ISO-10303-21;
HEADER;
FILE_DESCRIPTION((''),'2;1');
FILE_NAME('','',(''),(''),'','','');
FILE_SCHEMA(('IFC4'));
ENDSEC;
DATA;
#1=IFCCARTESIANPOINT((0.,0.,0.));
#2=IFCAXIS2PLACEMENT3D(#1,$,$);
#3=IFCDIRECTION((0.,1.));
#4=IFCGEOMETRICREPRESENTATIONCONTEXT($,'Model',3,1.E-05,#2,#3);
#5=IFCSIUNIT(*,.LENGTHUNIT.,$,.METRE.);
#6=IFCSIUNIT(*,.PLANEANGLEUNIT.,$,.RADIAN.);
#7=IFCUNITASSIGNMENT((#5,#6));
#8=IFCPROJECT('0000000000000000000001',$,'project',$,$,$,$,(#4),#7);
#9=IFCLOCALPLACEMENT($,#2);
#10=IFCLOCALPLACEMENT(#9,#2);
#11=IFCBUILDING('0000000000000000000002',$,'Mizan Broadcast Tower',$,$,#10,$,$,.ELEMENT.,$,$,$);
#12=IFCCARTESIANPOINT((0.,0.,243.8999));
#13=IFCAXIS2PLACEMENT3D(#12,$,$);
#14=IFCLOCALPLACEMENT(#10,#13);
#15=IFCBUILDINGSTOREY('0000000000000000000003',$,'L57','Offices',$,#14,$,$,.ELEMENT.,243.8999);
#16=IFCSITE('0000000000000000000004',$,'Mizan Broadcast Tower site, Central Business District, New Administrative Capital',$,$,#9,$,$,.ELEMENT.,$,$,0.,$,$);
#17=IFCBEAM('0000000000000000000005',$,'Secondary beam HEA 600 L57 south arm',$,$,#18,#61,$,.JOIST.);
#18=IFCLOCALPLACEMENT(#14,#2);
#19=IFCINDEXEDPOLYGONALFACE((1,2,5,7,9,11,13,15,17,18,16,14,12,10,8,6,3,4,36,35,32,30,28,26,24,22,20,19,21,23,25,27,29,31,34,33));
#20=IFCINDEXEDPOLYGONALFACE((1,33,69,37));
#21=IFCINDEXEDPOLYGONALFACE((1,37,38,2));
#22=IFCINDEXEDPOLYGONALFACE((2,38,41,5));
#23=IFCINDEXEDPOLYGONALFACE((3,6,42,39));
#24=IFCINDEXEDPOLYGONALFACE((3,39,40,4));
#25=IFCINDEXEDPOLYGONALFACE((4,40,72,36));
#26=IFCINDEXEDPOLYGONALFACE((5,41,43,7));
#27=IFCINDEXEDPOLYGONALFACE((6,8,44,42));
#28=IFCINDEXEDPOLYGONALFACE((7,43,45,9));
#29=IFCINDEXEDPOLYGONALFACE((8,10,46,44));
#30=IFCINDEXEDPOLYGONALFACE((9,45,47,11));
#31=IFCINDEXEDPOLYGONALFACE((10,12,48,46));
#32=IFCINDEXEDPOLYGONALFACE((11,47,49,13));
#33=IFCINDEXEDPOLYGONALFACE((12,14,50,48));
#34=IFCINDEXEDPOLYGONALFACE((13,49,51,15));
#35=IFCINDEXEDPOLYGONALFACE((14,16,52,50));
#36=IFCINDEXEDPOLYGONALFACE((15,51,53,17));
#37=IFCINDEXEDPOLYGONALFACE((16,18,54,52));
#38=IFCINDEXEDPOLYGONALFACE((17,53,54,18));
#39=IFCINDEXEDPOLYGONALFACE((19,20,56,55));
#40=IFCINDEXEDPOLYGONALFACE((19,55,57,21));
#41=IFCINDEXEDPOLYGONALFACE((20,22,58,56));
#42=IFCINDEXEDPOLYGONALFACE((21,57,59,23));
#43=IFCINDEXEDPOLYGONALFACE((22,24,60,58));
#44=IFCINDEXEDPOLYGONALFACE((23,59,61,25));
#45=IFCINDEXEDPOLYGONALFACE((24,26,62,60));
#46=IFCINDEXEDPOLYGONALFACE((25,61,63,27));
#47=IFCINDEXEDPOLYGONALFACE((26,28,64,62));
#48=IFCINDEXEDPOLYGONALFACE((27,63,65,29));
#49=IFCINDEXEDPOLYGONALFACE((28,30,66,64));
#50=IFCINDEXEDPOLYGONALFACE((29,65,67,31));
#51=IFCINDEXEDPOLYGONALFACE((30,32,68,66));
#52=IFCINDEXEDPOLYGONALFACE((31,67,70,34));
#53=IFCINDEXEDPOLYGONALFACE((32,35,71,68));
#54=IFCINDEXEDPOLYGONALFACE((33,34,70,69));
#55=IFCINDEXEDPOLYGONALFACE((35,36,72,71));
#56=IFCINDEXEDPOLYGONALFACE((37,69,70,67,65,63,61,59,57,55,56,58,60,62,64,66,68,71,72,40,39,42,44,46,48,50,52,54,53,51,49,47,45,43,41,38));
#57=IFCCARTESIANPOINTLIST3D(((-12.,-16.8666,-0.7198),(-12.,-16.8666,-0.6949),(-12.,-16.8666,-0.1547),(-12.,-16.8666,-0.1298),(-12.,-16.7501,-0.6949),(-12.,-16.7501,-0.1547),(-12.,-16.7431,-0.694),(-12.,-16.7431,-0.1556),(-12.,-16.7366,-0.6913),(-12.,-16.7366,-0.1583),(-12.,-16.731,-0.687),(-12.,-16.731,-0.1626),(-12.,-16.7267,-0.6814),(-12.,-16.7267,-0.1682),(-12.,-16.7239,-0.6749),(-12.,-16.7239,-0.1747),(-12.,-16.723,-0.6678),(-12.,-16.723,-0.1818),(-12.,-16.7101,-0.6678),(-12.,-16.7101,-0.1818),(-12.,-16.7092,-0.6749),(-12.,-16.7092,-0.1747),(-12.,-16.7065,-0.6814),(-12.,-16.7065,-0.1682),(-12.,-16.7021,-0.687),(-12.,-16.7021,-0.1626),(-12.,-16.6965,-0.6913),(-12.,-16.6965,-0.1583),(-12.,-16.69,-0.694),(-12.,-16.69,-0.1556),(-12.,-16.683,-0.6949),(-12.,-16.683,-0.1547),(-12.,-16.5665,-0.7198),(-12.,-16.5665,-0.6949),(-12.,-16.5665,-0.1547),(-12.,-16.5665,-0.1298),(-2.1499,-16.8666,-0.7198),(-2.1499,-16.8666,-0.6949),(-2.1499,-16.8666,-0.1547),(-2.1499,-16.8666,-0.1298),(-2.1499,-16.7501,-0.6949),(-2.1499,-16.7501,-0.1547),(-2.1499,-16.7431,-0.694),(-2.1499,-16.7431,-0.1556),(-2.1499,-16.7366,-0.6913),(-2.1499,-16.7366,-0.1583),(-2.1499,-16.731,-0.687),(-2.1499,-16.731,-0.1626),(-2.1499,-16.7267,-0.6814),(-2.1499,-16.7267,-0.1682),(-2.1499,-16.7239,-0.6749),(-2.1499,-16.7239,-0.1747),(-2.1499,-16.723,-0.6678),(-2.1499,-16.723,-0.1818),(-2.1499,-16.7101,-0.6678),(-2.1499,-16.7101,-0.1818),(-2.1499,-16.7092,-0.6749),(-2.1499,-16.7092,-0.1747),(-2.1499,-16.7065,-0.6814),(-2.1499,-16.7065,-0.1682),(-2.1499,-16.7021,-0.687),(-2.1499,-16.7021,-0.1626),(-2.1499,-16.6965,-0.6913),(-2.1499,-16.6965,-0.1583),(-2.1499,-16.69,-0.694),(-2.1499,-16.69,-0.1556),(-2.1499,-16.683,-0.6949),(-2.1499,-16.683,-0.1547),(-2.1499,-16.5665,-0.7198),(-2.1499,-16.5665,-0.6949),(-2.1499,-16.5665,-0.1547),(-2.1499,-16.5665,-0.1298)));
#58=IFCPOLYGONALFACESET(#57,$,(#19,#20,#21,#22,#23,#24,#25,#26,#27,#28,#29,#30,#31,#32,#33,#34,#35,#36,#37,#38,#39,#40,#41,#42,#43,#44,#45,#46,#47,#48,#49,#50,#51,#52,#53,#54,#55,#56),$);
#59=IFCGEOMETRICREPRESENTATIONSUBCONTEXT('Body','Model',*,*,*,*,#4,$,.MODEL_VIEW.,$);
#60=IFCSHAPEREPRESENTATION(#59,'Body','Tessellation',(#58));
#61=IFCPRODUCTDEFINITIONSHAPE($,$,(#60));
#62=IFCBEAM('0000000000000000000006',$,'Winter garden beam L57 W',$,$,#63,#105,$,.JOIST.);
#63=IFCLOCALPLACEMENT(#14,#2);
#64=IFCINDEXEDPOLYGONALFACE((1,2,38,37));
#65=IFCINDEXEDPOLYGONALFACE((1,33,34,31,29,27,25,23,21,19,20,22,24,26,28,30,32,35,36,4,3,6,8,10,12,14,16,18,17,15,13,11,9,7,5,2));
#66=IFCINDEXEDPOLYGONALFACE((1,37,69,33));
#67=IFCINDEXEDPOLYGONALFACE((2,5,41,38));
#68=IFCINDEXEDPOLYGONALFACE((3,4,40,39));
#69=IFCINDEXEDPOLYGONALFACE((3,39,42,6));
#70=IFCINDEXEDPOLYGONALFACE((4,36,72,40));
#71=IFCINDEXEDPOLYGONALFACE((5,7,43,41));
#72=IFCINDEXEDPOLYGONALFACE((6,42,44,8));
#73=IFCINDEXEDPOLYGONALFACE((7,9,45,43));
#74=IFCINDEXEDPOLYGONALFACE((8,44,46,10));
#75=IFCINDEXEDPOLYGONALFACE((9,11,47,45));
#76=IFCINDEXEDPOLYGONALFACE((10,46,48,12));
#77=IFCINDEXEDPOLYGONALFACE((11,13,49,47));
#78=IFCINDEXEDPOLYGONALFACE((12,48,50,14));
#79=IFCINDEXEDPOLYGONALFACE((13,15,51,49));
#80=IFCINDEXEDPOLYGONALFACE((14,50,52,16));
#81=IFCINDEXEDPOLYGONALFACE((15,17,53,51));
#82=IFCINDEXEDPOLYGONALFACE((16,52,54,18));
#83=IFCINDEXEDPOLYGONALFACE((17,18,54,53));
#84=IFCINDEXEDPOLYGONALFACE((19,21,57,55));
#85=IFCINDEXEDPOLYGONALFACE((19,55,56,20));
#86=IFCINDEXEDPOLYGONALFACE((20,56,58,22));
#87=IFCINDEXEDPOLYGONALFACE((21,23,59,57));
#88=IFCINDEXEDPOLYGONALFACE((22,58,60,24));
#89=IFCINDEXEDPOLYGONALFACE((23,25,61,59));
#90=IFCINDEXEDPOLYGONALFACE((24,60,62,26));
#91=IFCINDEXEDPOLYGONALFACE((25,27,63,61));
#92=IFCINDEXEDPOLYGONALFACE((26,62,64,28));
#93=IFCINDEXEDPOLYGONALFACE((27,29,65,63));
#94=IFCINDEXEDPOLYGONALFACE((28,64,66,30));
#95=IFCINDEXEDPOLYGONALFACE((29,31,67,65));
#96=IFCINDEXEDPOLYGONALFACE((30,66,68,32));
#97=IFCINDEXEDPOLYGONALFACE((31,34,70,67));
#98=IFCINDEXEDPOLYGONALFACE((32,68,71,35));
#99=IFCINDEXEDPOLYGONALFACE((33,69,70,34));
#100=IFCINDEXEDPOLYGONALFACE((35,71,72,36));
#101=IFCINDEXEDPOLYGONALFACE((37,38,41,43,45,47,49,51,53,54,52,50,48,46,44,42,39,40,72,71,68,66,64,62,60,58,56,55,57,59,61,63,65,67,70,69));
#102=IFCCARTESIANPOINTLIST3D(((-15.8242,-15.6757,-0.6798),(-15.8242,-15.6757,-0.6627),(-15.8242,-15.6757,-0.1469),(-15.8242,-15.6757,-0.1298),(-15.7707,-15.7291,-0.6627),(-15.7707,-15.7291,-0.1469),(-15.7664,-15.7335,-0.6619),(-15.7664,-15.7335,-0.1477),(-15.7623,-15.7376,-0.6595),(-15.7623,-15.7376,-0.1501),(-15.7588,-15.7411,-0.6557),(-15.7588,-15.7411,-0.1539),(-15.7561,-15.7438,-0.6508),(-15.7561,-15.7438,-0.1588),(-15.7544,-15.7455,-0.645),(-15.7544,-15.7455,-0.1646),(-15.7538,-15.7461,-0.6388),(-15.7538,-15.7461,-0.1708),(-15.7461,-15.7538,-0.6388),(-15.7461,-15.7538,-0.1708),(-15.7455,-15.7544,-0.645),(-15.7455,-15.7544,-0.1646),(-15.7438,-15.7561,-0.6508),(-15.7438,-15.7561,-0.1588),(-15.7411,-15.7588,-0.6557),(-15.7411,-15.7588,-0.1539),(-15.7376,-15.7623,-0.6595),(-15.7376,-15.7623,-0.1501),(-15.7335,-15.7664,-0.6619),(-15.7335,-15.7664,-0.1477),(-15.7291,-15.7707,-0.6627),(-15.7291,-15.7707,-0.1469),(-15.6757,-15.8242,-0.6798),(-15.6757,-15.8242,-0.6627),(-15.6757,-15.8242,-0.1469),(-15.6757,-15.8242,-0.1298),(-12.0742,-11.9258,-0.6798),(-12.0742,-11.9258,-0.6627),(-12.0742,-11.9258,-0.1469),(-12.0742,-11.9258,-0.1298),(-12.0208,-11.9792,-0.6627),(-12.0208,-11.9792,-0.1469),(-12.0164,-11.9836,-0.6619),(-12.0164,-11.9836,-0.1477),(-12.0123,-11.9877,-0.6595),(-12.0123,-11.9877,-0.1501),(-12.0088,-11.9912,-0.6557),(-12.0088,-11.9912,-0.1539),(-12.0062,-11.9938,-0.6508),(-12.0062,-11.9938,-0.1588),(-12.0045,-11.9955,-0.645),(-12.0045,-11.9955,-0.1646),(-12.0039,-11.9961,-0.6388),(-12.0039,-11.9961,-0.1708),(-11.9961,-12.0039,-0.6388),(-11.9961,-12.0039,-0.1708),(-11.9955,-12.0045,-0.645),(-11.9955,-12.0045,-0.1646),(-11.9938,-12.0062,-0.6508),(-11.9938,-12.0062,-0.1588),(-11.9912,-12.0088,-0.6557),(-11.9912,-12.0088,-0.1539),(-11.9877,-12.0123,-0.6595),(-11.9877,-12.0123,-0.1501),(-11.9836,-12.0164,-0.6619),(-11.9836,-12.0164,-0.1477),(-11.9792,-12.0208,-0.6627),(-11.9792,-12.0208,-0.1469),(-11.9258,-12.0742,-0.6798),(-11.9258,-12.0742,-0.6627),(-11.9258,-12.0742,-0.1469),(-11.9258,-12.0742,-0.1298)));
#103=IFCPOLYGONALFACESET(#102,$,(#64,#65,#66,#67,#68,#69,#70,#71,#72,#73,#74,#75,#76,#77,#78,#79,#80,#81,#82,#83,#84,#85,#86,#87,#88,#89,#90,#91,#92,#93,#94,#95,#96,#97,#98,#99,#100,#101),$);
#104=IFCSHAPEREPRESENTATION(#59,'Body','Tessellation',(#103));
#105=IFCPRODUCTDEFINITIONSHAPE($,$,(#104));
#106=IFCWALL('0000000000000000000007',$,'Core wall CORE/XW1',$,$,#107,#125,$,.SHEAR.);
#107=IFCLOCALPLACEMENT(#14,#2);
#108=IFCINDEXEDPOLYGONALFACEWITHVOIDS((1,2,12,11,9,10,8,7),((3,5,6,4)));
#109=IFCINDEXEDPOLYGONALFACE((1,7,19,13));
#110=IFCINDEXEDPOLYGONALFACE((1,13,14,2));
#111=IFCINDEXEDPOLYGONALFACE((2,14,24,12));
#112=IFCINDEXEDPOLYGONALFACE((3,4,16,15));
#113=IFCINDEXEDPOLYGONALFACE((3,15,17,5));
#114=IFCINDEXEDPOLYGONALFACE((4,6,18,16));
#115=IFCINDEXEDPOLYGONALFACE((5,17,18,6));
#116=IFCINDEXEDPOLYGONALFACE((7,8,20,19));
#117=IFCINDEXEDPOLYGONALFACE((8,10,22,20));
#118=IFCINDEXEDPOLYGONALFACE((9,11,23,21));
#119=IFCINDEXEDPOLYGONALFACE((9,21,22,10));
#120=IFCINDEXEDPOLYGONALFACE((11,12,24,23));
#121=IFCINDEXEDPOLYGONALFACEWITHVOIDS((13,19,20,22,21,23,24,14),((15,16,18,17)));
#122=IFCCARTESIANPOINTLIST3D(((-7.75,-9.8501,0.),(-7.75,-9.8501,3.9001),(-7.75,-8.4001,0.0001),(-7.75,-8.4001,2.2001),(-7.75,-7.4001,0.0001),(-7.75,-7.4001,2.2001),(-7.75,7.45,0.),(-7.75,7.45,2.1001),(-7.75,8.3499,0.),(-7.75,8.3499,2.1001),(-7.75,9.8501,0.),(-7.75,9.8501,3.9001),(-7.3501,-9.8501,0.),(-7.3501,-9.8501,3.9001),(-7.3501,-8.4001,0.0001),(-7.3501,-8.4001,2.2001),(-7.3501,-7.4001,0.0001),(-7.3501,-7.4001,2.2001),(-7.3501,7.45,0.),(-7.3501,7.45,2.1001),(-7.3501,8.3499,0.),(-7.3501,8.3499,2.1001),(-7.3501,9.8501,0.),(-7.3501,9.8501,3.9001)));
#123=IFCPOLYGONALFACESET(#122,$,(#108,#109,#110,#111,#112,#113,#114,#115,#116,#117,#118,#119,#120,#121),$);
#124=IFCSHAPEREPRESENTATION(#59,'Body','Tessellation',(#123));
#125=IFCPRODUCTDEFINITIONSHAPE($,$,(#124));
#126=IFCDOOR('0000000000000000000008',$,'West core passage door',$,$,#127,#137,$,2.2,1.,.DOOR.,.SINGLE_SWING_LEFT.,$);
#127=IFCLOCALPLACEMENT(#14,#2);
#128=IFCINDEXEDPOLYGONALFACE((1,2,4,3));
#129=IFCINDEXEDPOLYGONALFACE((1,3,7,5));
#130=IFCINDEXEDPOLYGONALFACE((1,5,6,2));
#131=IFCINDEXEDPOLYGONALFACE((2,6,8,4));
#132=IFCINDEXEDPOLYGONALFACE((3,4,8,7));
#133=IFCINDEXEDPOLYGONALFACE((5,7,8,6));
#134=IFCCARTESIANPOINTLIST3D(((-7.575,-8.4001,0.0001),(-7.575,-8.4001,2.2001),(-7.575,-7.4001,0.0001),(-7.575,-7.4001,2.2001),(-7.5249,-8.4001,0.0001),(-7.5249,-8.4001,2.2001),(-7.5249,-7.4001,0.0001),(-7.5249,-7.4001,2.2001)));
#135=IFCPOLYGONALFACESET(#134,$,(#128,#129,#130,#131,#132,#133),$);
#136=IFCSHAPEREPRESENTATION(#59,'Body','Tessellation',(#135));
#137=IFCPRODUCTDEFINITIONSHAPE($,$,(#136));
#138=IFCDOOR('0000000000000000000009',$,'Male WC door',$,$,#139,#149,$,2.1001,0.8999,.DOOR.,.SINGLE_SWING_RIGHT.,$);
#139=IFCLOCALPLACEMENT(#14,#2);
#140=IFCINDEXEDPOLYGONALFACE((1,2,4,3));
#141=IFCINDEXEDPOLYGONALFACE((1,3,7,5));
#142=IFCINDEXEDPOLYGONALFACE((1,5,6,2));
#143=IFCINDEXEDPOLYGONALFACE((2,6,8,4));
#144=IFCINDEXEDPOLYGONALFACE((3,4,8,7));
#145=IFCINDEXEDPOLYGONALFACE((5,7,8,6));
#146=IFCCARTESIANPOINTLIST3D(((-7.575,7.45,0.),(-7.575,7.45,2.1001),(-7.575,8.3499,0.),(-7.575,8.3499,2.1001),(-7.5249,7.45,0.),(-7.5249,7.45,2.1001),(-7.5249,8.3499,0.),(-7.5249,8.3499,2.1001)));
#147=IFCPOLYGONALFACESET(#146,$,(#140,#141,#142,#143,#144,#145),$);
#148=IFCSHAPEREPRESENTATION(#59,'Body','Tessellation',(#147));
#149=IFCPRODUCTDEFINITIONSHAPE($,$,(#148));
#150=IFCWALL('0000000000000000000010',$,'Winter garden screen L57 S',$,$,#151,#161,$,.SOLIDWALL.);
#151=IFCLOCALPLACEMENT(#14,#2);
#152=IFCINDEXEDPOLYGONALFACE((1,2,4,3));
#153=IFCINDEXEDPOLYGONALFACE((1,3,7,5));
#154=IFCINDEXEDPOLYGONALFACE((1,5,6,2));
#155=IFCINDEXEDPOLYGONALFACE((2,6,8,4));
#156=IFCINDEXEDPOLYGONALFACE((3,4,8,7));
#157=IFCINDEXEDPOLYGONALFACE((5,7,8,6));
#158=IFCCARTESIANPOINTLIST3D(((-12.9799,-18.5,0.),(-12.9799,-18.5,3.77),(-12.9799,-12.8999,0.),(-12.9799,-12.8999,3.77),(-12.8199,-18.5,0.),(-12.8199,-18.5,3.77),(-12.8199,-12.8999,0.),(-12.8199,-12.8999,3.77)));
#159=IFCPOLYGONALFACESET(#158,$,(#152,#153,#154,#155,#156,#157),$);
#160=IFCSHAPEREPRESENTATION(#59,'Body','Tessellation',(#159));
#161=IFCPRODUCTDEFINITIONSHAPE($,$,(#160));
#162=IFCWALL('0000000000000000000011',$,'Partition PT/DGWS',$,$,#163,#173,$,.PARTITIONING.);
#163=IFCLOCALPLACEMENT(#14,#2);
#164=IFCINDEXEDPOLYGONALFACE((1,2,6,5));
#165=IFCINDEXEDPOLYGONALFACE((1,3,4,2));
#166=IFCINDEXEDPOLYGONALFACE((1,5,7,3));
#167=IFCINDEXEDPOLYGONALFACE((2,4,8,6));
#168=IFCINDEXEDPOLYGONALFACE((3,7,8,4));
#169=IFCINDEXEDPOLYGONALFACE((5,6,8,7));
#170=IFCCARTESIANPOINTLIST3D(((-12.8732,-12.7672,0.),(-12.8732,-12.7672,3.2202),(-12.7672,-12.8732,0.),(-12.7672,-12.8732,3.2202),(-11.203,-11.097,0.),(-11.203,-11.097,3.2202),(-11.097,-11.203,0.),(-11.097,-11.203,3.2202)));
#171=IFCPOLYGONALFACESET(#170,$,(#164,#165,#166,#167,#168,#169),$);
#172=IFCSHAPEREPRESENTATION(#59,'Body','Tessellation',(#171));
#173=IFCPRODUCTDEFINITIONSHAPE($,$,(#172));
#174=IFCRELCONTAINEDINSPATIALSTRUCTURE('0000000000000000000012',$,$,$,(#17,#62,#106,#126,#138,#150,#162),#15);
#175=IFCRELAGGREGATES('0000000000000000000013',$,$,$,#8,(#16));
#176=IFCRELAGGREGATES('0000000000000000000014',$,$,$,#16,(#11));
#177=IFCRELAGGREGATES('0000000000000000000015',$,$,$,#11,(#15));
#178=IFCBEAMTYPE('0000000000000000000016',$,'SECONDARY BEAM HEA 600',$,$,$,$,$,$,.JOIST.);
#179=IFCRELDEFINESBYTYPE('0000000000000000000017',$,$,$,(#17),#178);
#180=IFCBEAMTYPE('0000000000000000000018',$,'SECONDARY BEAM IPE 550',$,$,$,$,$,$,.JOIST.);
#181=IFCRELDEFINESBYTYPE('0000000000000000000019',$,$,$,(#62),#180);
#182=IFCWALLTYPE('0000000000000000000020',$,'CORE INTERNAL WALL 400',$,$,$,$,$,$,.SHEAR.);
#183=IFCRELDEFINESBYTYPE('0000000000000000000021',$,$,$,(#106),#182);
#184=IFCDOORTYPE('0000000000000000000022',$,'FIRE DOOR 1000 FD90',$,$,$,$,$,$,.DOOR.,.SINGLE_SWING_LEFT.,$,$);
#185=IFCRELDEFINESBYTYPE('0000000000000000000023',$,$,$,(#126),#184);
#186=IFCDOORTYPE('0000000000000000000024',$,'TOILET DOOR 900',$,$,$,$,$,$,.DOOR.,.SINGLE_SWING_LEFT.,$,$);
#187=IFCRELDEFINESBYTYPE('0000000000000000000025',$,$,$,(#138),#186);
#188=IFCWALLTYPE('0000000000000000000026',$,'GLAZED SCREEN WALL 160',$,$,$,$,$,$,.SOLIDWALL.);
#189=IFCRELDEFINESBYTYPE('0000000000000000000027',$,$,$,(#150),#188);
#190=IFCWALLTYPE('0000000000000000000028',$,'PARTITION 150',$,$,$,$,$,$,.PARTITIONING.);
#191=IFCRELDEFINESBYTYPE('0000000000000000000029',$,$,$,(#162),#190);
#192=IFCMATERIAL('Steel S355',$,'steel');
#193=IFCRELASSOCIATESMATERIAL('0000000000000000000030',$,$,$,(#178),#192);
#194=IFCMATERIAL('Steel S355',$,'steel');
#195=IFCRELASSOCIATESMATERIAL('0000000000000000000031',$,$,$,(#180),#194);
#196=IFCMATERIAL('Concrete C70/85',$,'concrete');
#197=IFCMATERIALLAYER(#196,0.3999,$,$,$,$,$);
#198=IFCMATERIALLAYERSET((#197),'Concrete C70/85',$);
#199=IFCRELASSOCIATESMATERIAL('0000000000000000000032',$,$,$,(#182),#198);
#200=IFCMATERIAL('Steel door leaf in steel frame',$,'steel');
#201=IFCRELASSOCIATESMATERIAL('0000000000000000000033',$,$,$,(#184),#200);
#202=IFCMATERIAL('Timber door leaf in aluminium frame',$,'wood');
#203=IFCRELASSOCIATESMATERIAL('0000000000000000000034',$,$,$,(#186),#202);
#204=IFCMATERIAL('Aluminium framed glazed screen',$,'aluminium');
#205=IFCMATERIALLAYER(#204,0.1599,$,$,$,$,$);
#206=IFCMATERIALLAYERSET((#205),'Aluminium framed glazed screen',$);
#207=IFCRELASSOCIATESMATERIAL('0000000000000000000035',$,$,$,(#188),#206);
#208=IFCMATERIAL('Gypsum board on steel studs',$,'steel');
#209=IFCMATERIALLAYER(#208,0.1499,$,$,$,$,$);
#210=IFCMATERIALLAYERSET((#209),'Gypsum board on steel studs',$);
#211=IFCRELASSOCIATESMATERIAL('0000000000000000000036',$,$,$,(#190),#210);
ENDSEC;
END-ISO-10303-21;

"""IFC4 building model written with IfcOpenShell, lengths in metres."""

from ifc_helpers import new_model, si_unit, direction, frame, frame_2d, origin, origin_2d, place, context, subcontext, project, spatial, rectangle, i_section, extrude, material, layer, layer_set, material_profile, profile_set, type_object, element, fill, save


model = new_model("IFC4")

# Units and contexts
model_context = context("Model", 3, precision=1e-05, world=origin(), true_north=direction((0.0, 1.0)))
body_context = subcontext(model_context, "Body", "Model", "MODEL_VIEW")
ifc_project = project(units=[si_unit("LENGTHUNIT", "METRE"), si_unit("PLANEANGLEUNIT", "RADIAN")], contexts=[model_context])

# Site, building, storey
site_placement = place(None, origin())
site = spatial("IfcSite", under=ifc_project, at=site_placement, Name="Mizan Broadcast Tower site, Central Business District, New Administrative Capital", CompositionType="ELEMENT", RefElevation=0.0)
building_placement = place(site_placement, origin())
building = spatial("IfcBuilding", under=site, at=building_placement, Name="Mizan Broadcast Tower", CompositionType="ELEMENT")
storey_placement = place(building_placement, frame((0.0, 0.0, 243.8999)))
storey = spatial("IfcBuildingStorey", under=building, at=storey_placement, Name="L57", Description="Offices", CompositionType="ELEMENT", Elevation=243.8999)

# Beams
ifc_material_1 = material(Name="Steel S355", Category="steel")
ifc_material_profile_1 = material_profile(ifc_material_1, i_section(OverallWidth=0.3, OverallDepth=0.5901, WebThickness=0.0129, FlangeThickness=0.0249, FilletRadius=0.0271, at=origin_2d()), Name="HEA 600")
ifc_profile_set_1 = profile_set([ifc_material_profile_1], Name="Steel S355")
beam_type_1 = type_object("IfcBeamType", Name="SECONDARY BEAM HEA 600", PredefinedType="JOIST", material=ifc_profile_set_1)
for number, where, z_axis, x_axis, name in (
    (1, (-12.0, -16.7166, -0.4248), (1.0, 0.0, 0.0), (0.0, 1.0, 0.0), "Secondary beam HEA 600 L57 south arm"),
):
    element("IfcBeam", number, at=place(storey_placement, frame(where, z_axis=z_axis, x_axis=x_axis)), inside=storey, type_object=beam_type_1, Name=name, PredefinedType="JOIST", context=body_context, shape_type="SweptSolid", body=[
        extrude(i_section(OverallWidth=0.3, OverallDepth=0.5901, WebThickness=0.0129, FlangeThickness=0.0249, FilletRadius=0.0271, at=origin_2d()), origin(), (0.0, 0.0, 1.0), 9.8501),
    ])
ifc_material_2 = material(Name="Steel S355", Category="steel")
ifc_material_profile_2 = material_profile(ifc_material_2, i_section(OverallWidth=0.21, OverallDepth=0.55, WebThickness=0.011, FlangeThickness=0.0171, FilletRadius=0.0239, at=origin_2d()), Name="IPE 550")
ifc_profile_set_2 = profile_set([ifc_material_profile_2], Name="Steel S355")
beam_type_2 = type_object("IfcBeamType", Name="SECONDARY BEAM IPE 550", PredefinedType="JOIST", material=ifc_profile_set_2)
beam_1_placement = place(storey_placement, frame((-12.0, -12.0, -0.4048), z_axis=(-0.707107, -0.707107, 0.0), x_axis=(0.707107, -0.707107, 0.0)))
element("IfcBeam", 2, at=beam_1_placement, inside=storey, type_object=beam_type_2, Name="Winter garden beam L57 W", PredefinedType="JOIST", context=body_context, shape_type="SweptSolid", body=[
    extrude(i_section(OverallWidth=0.21, OverallDepth=0.55, WebThickness=0.011, FlangeThickness=0.0171, FilletRadius=0.0239, at=origin_2d()), origin(), (0.0, 0.0, 1.0), 5.3032),
])

# Wall, openings, doors
ifc_material_3 = material(Name="Concrete C70/85", Category="concrete")
ifc_layer_1 = layer(ifc_material_3, 0.3999)
ifc_layer_set_1 = layer_set([ifc_layer_1], Name="Concrete C70/85")
wall_type_1 = type_object("IfcWallType", Name="CORE INTERNAL WALL 400", PredefinedType="SHEAR", material=ifc_layer_set_1)
wall_1_placement = place(storey_placement, frame((-7.55, -9.8501, 0.0), z_axis=(0.0, 0.0, 1.0), x_axis=(0.0, 1.0, 0.0)))
wall_1 = element("IfcWall", 3, at=wall_1_placement, inside=storey, type_object=wall_type_1, Name="Core wall CORE/XW1", PredefinedType="SHEAR", context=body_context, shape_type="SweptSolid", body=[
    extrude(rectangle(XDim=19.7002, YDim=0.3999, at=frame_2d((9.8501, 0.0))), origin(), (0.0, 0.0, 1.0), 3.9001),
])
opening_1_placement = place(wall_1_placement, frame((1.45, 0.0, 0.0)))
opening_1 = element("IfcOpeningElement", 4, at=opening_1_placement, cuts=wall_1, PredefinedType="OPENING", context=body_context, shape_type="SweptSolid", body=[
    extrude(rectangle(XDim=1.0, YDim=2.2, at=frame_2d((0.5, 1.1001))), frame((0.0, 0.21, 0.0), z_axis=(0.0, -1.0, 0.0), x_axis=(1.0, 0.0, 0.0)), (0.0, 0.0, 1.0), 0.4199),
])
opening_2_placement = place(wall_1_placement, frame((17.3, 0.0, 0.0)))
opening_2 = element("IfcOpeningElement", 5, at=opening_2_placement, cuts=wall_1, PredefinedType="OPENING", context=body_context, shape_type="SweptSolid", body=[
    extrude(rectangle(XDim=0.8999, YDim=2.1001, at=frame_2d((0.45, 1.05))), frame((0.0, 0.21, 0.0), z_axis=(0.0, -1.0, 0.0), x_axis=(1.0, 0.0, 0.0)), (0.0, 0.0, 1.0), 0.4199),
])
ifc_material_4 = material(Name="Steel door leaf in steel frame", Category="steel")
door_type_1 = type_object("IfcDoorType", Name="FIRE DOOR 1000 FD90", OperationType="SINGLE_SWING_LEFT", PredefinedType="DOOR", material=ifc_material_4)
door_1_placement = place(opening_1_placement, origin())
door_1 = element("IfcDoor", 6, at=door_1_placement, inside=storey, type_object=door_type_1, Name="West core passage door", OperationType="SINGLE_SWING_LEFT", OverallHeight=2.2, OverallWidth=1.0, PredefinedType="DOOR", context=body_context, shape_type="SweptSolid", body=[
    extrude(rectangle(XDim=1.0, YDim=2.2, at=frame_2d((0.5, 1.1001))), frame((0.0, 0.0249, 0.0), z_axis=(0.0, -1.0, 0.0), x_axis=(1.0, 0.0, 0.0)), (0.0, 0.0, 1.0), 0.05),
])
fill(opening_1, door_1)
ifc_material_5 = material(Name="Timber door leaf in aluminium frame", Category="wood")
door_type_2 = type_object("IfcDoorType", Name="TOILET DOOR 900", OperationType="SINGLE_SWING_LEFT", PredefinedType="DOOR", material=ifc_material_5)
door_2_placement = place(opening_2_placement, origin())
door_2 = element("IfcDoor", 7, at=door_2_placement, inside=storey, type_object=door_type_2, Name="Male WC door", OperationType="SINGLE_SWING_RIGHT", OverallHeight=2.1001, OverallWidth=0.8999, PredefinedType="DOOR", context=body_context, shape_type="SweptSolid", body=[
    extrude(rectangle(XDim=0.8999, YDim=2.1001, at=frame_2d((0.45, 1.05))), frame((0.0, 0.0249, 0.0), z_axis=(0.0, -1.0, 0.0), x_axis=(1.0, 0.0, 0.0)), (0.0, 0.0, 1.0), 0.05),
])
fill(opening_2, door_2)

# Walls
ifc_material_6 = material(Name="Aluminium framed glazed screen", Category="aluminium")
ifc_layer_2 = layer(ifc_material_6, 0.1599)
ifc_layer_set_2 = layer_set([ifc_layer_2], Name="Aluminium framed glazed screen")
wall_type_2 = type_object("IfcWallType", Name="GLAZED SCREEN WALL 160", PredefinedType="SOLIDWALL", material=ifc_layer_set_2)
wall_2_placement = place(storey_placement, frame((-12.8999, -12.8999, 0.0), z_axis=(0.0, 0.0, 1.0), x_axis=(0.0, -1.0, 0.0)))
element("IfcWall", 8, at=wall_2_placement, inside=storey, type_object=wall_type_2, Name="Winter garden screen L57 S", PredefinedType="SOLIDWALL", context=body_context, shape_type="SweptSolid", body=[
    extrude(rectangle(XDim=5.6001, YDim=0.1599, at=frame_2d((2.8, 0.0))), origin(), (0.0, 0.0, 1.0), 3.77),
])
ifc_material_7 = material(Name="Gypsum board on steel studs", Category="steel")
ifc_layer_3 = layer(ifc_material_7, 0.1499)
ifc_layer_set_3 = layer_set([ifc_layer_3], Name="Gypsum board on steel studs")
wall_type_3 = type_object("IfcWallType", Name="PARTITION 150", PredefinedType="PARTITIONING", material=ifc_layer_set_3)
wall_3_placement = place(storey_placement, frame((-11.1499, -11.1499, 0.0), z_axis=(0.0, 0.0, 1.0), x_axis=(-0.707107, -0.707107, 0.0)))
element("IfcWall", 9, at=wall_3_placement, inside=storey, type_object=wall_type_3, Name="Partition PT/DGWS", PredefinedType="PARTITIONING", context=body_context, shape_type="SweptSolid", body=[
    extrude(rectangle(XDim=2.3621, YDim=0.1499, at=frame_2d((1.1812, 0.0))), origin(), (0.0, 0.0, 1.0), 3.2202),
])

save(model, "model.ifc")
